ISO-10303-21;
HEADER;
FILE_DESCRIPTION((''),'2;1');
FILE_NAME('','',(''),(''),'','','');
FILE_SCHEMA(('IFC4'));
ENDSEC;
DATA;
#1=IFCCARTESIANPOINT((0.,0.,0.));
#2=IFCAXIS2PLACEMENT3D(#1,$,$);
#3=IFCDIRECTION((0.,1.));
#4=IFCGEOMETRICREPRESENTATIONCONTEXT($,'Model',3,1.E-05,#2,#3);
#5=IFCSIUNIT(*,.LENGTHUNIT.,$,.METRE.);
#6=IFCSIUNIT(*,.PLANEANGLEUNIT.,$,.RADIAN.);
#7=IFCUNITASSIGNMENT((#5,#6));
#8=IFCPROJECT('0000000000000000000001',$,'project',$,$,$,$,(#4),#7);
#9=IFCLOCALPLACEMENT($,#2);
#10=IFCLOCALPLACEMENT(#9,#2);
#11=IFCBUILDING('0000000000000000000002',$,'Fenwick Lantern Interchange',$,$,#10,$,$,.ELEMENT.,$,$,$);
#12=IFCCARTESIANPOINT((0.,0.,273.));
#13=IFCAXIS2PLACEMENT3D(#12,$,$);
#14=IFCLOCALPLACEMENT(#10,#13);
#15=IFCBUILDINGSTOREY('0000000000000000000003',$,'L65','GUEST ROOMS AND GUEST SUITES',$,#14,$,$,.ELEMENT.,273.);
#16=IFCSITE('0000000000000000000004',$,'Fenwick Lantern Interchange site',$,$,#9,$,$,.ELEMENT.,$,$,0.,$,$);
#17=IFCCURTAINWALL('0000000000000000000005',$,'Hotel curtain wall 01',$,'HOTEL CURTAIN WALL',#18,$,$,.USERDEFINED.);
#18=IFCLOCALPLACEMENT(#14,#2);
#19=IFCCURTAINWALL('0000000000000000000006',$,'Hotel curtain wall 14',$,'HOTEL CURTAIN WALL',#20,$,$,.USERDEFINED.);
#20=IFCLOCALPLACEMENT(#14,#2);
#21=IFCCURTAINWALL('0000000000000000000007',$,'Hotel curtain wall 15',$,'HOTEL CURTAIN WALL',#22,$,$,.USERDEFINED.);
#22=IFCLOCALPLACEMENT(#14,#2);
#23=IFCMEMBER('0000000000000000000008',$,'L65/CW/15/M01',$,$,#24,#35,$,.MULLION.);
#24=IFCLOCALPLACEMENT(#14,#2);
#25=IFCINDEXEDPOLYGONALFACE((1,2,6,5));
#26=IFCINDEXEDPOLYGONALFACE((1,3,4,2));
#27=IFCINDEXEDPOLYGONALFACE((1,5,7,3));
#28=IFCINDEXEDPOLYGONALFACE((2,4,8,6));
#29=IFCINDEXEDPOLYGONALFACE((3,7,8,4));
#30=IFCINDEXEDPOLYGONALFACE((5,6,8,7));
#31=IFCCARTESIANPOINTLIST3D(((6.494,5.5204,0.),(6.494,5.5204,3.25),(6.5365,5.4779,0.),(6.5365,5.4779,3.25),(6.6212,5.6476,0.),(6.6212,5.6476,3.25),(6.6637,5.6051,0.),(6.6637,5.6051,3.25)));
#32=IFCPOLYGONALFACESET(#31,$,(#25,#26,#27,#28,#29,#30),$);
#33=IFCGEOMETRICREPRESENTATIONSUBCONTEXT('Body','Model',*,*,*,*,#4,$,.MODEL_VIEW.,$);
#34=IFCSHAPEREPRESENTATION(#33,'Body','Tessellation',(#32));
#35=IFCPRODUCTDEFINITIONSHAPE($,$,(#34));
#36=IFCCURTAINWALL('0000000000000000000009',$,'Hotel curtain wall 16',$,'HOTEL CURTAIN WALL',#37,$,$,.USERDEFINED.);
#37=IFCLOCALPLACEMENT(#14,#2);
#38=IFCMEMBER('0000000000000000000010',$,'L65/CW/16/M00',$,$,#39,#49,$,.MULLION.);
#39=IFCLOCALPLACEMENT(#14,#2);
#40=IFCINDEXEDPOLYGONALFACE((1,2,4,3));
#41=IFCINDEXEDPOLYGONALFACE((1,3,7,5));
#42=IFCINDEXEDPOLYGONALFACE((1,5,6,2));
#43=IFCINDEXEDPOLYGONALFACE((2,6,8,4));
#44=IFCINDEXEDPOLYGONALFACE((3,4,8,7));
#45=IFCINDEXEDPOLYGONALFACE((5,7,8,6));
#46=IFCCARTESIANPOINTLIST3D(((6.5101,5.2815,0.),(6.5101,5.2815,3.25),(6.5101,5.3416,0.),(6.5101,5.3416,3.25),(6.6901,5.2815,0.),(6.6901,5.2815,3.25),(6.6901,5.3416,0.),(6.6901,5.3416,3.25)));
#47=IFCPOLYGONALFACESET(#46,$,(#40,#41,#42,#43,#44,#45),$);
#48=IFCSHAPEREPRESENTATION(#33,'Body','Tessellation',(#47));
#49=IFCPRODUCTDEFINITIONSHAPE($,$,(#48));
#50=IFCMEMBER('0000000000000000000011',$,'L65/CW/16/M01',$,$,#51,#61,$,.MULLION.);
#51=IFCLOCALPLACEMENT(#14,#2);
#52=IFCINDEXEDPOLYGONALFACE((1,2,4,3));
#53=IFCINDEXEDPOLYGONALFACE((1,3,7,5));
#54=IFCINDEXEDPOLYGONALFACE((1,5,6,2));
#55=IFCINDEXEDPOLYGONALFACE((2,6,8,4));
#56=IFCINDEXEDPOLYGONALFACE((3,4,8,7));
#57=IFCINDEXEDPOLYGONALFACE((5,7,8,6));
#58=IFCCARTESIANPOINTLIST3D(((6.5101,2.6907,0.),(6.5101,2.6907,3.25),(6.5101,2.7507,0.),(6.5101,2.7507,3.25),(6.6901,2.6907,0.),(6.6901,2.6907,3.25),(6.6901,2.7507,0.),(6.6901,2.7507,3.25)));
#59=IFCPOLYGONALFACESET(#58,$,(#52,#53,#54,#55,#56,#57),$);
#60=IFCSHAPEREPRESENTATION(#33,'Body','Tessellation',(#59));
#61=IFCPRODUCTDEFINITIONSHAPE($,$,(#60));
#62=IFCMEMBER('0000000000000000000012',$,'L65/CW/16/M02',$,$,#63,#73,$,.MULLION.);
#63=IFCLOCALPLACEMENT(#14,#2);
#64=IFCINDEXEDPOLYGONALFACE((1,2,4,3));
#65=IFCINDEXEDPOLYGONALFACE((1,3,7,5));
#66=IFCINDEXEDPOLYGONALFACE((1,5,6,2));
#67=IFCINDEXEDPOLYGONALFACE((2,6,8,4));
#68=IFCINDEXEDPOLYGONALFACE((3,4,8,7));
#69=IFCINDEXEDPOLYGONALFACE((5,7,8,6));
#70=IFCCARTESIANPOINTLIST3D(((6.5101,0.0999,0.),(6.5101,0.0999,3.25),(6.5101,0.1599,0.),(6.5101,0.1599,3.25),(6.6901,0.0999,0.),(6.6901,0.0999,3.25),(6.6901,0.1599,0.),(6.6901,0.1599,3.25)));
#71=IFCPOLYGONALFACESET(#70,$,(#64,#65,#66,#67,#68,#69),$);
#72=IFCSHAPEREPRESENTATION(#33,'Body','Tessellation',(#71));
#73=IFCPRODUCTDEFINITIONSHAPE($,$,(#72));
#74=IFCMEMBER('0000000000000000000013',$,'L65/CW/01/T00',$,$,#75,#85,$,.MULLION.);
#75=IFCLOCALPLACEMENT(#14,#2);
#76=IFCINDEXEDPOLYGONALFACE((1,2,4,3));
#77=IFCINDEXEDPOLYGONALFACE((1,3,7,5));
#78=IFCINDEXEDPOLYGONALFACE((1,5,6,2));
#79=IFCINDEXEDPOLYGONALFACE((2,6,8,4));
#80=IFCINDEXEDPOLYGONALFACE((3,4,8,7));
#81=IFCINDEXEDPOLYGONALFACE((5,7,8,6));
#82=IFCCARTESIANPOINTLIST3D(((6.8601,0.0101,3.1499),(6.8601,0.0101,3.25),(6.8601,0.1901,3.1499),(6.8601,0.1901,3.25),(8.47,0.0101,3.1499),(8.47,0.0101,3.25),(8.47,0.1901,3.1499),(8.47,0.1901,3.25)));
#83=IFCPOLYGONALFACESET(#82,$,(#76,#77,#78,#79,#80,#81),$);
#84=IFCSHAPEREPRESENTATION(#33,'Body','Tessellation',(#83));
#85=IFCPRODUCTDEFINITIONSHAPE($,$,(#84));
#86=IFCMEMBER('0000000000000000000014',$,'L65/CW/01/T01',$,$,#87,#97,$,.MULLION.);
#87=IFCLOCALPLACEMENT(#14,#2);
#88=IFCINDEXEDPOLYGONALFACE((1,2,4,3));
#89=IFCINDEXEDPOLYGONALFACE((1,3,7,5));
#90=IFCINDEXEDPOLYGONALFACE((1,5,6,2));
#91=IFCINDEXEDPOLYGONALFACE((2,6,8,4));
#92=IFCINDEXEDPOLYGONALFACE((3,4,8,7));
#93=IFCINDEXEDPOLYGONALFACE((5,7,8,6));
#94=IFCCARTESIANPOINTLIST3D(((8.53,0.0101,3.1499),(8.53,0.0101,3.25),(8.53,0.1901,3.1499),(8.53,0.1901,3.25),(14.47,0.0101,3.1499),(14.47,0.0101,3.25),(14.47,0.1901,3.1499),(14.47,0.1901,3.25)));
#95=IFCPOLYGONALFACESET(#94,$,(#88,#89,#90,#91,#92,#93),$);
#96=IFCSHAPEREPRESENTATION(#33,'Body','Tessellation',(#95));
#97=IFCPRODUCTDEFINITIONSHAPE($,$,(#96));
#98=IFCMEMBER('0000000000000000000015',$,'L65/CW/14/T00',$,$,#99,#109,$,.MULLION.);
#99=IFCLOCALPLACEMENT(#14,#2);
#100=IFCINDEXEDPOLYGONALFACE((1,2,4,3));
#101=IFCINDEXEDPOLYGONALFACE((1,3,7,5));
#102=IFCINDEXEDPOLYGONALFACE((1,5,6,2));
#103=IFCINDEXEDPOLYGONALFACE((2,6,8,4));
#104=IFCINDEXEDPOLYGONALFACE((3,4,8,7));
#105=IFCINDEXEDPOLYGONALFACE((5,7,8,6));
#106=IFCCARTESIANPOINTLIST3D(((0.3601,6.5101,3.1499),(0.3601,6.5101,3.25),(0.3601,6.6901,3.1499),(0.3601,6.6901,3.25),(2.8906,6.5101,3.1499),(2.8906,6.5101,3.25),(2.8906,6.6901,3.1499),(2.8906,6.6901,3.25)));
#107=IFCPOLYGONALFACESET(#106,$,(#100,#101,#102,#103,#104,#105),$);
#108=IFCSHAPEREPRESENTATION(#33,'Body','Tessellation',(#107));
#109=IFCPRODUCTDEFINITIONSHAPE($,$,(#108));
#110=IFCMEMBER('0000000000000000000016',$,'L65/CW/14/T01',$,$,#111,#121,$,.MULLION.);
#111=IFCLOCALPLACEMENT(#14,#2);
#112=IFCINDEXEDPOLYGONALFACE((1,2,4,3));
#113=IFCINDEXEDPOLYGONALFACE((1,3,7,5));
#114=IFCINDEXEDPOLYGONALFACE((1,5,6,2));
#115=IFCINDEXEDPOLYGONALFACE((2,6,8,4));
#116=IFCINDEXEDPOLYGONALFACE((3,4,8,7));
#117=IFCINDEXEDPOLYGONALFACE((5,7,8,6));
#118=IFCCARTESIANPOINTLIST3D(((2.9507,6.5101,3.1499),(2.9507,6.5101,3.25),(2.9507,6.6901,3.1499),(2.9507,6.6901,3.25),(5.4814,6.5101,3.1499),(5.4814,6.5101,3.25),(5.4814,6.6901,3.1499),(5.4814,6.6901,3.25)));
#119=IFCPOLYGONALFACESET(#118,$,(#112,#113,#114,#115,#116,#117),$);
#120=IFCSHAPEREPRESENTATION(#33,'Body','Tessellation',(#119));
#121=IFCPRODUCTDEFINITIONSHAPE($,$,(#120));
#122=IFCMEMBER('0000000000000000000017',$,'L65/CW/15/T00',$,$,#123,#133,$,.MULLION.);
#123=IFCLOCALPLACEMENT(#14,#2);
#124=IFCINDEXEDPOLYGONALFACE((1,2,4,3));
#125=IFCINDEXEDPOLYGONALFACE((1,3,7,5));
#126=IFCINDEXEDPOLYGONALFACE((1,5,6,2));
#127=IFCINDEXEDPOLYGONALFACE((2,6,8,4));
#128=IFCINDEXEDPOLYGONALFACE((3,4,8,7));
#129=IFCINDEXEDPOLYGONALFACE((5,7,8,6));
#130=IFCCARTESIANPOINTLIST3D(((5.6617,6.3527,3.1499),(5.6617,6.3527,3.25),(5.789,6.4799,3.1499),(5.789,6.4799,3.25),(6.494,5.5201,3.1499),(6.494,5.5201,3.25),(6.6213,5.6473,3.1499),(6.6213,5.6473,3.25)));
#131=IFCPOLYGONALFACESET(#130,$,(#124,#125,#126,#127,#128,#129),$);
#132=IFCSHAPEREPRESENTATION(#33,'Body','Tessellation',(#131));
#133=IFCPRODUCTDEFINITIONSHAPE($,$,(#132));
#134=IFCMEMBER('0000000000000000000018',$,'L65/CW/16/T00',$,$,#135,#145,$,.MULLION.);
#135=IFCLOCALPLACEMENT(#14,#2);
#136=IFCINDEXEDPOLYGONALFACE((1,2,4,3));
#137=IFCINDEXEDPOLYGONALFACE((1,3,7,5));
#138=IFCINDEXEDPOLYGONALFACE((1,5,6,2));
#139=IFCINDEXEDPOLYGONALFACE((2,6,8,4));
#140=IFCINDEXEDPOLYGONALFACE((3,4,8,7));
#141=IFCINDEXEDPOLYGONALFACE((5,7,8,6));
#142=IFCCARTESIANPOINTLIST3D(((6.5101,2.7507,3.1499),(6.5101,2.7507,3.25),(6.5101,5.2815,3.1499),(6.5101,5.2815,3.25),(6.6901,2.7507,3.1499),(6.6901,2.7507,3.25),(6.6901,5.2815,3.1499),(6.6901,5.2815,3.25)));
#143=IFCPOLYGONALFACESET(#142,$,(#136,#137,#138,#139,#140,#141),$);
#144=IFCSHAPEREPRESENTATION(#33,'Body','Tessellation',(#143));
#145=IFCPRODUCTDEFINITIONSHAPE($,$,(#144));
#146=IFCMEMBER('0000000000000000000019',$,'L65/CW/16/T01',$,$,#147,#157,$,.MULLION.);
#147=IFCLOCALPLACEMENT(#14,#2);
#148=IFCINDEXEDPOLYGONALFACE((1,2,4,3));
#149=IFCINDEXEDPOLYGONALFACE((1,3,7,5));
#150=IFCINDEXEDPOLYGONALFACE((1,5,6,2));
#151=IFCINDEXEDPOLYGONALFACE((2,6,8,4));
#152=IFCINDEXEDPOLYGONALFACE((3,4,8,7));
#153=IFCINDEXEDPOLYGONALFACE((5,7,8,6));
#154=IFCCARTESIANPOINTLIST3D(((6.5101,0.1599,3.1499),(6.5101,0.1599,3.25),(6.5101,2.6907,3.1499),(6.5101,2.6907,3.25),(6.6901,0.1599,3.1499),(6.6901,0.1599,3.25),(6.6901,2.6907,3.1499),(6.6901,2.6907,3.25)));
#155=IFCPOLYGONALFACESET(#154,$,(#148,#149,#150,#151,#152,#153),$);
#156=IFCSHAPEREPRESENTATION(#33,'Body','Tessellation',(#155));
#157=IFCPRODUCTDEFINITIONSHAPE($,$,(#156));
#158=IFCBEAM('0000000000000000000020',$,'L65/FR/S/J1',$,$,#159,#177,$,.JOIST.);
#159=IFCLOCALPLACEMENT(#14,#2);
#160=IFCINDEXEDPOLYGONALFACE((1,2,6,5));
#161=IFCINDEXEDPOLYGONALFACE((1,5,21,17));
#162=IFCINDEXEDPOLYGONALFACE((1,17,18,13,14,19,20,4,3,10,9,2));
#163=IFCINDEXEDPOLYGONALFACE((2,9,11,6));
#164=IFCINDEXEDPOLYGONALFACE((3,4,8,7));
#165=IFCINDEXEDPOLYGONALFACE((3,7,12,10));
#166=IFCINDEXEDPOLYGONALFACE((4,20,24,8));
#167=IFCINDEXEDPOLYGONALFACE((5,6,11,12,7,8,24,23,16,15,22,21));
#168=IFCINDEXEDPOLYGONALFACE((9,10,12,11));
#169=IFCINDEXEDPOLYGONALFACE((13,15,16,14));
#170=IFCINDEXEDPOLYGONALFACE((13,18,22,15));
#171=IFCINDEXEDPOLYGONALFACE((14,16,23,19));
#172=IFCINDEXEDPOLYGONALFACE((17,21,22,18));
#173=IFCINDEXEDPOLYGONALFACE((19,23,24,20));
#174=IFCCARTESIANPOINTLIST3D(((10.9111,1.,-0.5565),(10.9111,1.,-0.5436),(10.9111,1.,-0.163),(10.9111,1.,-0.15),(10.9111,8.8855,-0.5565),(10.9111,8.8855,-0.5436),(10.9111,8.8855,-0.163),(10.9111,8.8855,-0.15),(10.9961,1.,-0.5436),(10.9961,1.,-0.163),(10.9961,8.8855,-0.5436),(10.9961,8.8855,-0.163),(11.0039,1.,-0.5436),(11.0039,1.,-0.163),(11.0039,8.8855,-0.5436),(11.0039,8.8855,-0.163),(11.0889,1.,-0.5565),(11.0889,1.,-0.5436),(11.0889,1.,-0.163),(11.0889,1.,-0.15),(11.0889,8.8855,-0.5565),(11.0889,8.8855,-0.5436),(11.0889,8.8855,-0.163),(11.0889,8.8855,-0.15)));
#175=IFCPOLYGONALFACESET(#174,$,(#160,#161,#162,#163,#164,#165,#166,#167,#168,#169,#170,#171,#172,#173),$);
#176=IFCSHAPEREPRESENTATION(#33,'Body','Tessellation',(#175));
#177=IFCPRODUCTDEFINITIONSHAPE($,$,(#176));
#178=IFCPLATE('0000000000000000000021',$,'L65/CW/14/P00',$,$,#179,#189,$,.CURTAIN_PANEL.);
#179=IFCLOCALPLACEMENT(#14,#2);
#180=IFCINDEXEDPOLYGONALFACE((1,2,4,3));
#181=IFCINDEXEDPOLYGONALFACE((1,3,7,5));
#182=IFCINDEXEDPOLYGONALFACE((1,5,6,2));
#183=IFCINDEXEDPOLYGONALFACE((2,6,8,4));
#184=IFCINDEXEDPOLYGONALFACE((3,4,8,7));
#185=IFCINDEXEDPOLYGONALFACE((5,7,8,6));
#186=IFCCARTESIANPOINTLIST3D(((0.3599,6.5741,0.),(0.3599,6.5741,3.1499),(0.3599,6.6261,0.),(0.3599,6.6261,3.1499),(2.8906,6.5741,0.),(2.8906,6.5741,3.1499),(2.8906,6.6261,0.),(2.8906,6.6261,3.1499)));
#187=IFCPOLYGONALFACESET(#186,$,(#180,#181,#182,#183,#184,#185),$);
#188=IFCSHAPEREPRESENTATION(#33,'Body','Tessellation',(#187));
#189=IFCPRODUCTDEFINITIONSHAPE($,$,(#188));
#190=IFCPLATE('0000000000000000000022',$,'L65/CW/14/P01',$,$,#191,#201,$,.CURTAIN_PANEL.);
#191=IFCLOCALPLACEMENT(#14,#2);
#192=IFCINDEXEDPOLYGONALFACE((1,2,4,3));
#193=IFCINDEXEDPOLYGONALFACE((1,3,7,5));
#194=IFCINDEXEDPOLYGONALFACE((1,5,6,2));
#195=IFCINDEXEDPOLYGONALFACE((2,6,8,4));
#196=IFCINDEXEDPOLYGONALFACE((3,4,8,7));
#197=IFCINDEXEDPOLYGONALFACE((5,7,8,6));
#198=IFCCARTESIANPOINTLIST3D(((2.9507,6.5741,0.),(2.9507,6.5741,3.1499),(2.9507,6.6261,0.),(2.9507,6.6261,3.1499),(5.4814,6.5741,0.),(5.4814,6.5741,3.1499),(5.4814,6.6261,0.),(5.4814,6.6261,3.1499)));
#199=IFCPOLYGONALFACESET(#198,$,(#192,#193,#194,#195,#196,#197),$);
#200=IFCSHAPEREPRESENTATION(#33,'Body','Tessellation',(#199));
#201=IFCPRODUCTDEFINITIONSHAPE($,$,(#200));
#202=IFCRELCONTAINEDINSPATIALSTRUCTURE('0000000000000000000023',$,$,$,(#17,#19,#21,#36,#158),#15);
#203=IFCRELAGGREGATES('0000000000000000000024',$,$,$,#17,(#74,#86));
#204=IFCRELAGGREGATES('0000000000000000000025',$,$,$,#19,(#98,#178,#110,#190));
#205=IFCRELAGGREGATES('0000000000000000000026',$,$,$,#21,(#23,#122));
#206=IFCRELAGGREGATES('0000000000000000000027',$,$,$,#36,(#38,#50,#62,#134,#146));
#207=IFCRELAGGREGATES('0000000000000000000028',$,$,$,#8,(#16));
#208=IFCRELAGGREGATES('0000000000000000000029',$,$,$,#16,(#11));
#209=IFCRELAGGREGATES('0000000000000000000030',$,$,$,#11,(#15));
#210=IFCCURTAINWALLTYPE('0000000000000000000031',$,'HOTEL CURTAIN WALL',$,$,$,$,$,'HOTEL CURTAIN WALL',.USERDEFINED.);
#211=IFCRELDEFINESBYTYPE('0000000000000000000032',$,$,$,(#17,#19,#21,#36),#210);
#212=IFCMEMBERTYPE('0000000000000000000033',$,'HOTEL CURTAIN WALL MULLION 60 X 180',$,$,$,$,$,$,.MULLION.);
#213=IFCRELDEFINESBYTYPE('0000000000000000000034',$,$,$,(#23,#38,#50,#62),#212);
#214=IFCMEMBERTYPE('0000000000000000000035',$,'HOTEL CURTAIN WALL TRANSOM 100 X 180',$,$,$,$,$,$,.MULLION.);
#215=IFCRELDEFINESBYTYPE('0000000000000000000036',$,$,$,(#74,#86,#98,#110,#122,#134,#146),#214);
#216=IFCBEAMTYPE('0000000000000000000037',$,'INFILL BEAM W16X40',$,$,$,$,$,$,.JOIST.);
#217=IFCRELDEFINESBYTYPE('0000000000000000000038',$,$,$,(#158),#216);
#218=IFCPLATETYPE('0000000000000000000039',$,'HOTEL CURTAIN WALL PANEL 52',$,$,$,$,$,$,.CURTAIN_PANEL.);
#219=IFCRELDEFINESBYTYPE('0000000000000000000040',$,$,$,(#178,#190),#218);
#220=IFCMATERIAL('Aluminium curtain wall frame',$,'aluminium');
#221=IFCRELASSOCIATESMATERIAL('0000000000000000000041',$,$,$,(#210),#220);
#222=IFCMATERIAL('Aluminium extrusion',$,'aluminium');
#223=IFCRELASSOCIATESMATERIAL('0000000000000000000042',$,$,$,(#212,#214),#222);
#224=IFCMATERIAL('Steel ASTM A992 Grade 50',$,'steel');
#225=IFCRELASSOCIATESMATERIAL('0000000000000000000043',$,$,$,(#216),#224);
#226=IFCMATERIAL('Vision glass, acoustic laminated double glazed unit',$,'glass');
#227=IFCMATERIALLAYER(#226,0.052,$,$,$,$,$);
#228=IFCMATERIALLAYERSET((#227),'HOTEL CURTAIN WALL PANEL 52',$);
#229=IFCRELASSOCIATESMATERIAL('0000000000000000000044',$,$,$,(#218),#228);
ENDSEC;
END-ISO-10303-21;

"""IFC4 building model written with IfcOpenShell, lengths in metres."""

from ifc_helpers import new_model, si_unit, direction, frame, origin, origin_2d, place, context, subcontext, project, spatial, rectangle, i_section, extrude, material, layer, layer_set, material_profile, profile_set, type_object, element, aggregate, save


model = new_model("IFC4")

# Units and contexts
model_context = context("Model", 3, precision=1e-05, world=origin(), true_north=direction((0.0, 1.0)))
body_context = subcontext(model_context, "Body", "Model", "MODEL_VIEW")
ifc_project = project(units=[si_unit("LENGTHUNIT", "METRE"), si_unit("PLANEANGLEUNIT", "RADIAN")], contexts=[model_context])

# Site, building, storey
site_placement = place(None, origin())
site = spatial("IfcSite", under=ifc_project, at=site_placement, Name="Fenwick Lantern Interchange site", CompositionType="ELEMENT", RefElevation=0.0)
building_placement = place(site_placement, origin())
building = spatial("IfcBuilding", under=site, at=building_placement, Name="Fenwick Lantern Interchange", CompositionType="ELEMENT")
storey_placement = place(building_placement, frame((0.0, 0.0, 273.0)))
storey = spatial("IfcBuildingStorey", under=building, at=storey_placement, Name="L65", Description="GUEST ROOMS AND GUEST SUITES", CompositionType="ELEMENT", Elevation=273.0)

# Shared definitions
ifc_material_1 = material(Name="Steel ASTM A992 Grade 50", Category="steel")

# Curtain wall
ifc_material_2 = material(Name="Aluminium curtain wall frame", Category="aluminium")
curtain_wall_type = type_object("IfcCurtainWallType", Name="HOTEL CURTAIN WALL", ElementType="HOTEL CURTAIN WALL", PredefinedType="USERDEFINED", material=ifc_material_2)
curtain_wall_1_placement = place(storey_placement, origin())
curtain_wall_1 = element("IfcCurtainWall", 1, at=curtain_wall_1_placement, inside=storey, type_object=curtain_wall_type, Name="Hotel curtain wall 01", ObjectType="HOTEL CURTAIN WALL", PredefinedType="USERDEFINED")
ifc_material_3 = material(Name="Aluminium extrusion", Category="aluminium")
ifc_material_profile_1 = material_profile(ifc_material_3, rectangle(XDim=0.1799, YDim=0.0601, at=origin_2d()), Name="HOTEL CURTAIN WALL MULLION 60 X 180")
ifc_profile_set_1 = profile_set([ifc_material_profile_1], Name="Aluminium extrusion")
member_type_1 = type_object("IfcMemberType", Name="HOTEL CURTAIN WALL MULLION 60 X 180", PredefinedType="MULLION", material=ifc_profile_set_1)

# Curtain walls, members
curtain_wall_2_placement = place(storey_placement, origin())
curtain_wall_2 = element("IfcCurtainWall", 2, at=curtain_wall_2_placement, inside=storey, type_object=curtain_wall_type, Name="Hotel curtain wall 14", ObjectType="HOTEL CURTAIN WALL", PredefinedType="USERDEFINED")
curtain_wall_3_placement = place(storey_placement, origin())
curtain_wall_3 = element("IfcCurtainWall", 3, at=curtain_wall_3_placement, inside=storey, type_object=curtain_wall_type, Name="Hotel curtain wall 15", ObjectType="HOTEL CURTAIN WALL", PredefinedType="USERDEFINED")
member_1_placement = place(storey_placement, frame((6.5789, 5.5627, 0.0), z_axis=(0.0, 0.0, 1.0), x_axis=(0.707107, 0.707107, 0.0)))
member_1 = element("IfcMember", 4, at=member_1_placement, type_object=member_type_1, Name="L65/CW/15/M01", PredefinedType="MULLION", context=body_context, shape_type="SweptSolid", body=[
    extrude(rectangle(XDim=0.1799, YDim=0.0601, at=origin_2d()), origin(), (0.0, 0.0, 1.0), 3.25),
])
curtain_wall_4_placement = place(storey_placement, origin())
curtain_wall_4 = element("IfcCurtainWall", 5, at=curtain_wall_4_placement, inside=storey, type_object=curtain_wall_type, Name="Hotel curtain wall 16", ObjectType="HOTEL CURTAIN WALL", PredefinedType="USERDEFINED")
member_2_placement = place(storey_placement, frame((6.6001, 5.3115, 0.0), z_axis=(0.0, 0.0, 1.0), x_axis=(1.0, 0.0, 0.0)))
member_2 = element("IfcMember", 6, at=member_2_placement, type_object=member_type_1, Name="L65/CW/16/M00", PredefinedType="MULLION", context=body_context, shape_type="SweptSolid", body=[
    extrude(rectangle(XDim=0.1799, YDim=0.0601, at=origin_2d()), origin(), (0.0, 0.0, 1.0), 3.25),
])
member_3_placement = place(storey_placement, frame((6.6001, 2.7207, 0.0), z_axis=(0.0, 0.0, 1.0), x_axis=(1.0, 0.0, 0.0)))
member_3 = element("IfcMember", 7, at=member_3_placement, type_object=member_type_1, Name="L65/CW/16/M01", PredefinedType="MULLION", context=body_context, shape_type="SweptSolid", body=[
    extrude(rectangle(XDim=0.1799, YDim=0.0601, at=origin_2d()), origin(), (0.0, 0.0, 1.0), 3.25),
])
member_4_placement = place(storey_placement, frame((6.6001, 0.1299, 0.0), z_axis=(0.0, 0.0, 1.0), x_axis=(1.0, 0.0, 0.0)))
member_4 = element("IfcMember", 8, at=member_4_placement, type_object=member_type_1, Name="L65/CW/16/M02", PredefinedType="MULLION", context=body_context, shape_type="SweptSolid", body=[
    extrude(rectangle(XDim=0.1799, YDim=0.0601, at=origin_2d()), origin(), (0.0, 0.0, 1.0), 3.25),
])

# Members
ifc_material_profile_2 = material_profile(ifc_material_3, rectangle(XDim=0.1799, YDim=0.1001, at=origin_2d()), Name="HOTEL CURTAIN WALL TRANSOM 100 X 180")
ifc_profile_set_2 = profile_set([ifc_material_profile_2], Name="Aluminium extrusion")
member_type_2 = type_object("IfcMemberType", Name="HOTEL CURTAIN WALL TRANSOM 100 X 180", PredefinedType="MULLION", material=ifc_profile_set_2)
member_5_placement = place(storey_placement, frame((6.8601, 0.1001, 3.2), z_axis=(1.0, 0.0, 0.0), x_axis=(0.0, 1.0, 0.0)))
member_5 = element("IfcMember", 9, at=member_5_placement, type_object=member_type_2, Name="L65/CW/01/T00", PredefinedType="MULLION", context=body_context, shape_type="SweptSolid", body=[
    extrude(rectangle(XDim=0.1799, YDim=0.1001, at=origin_2d()), origin(), (0.0, 0.0, 1.0), 1.6099),
])
member_6_placement = place(storey_placement, frame((8.53, 0.1001, 3.2), z_axis=(1.0, 0.0, 0.0), x_axis=(0.0, 1.0, 0.0)))
member_6 = element("IfcMember", 10, at=member_6_placement, type_object=member_type_2, Name="L65/CW/01/T01", PredefinedType="MULLION", context=body_context, shape_type="SweptSolid", body=[
    extrude(rectangle(XDim=0.1799, YDim=0.1001, at=origin_2d()), origin(), (0.0, 0.0, 1.0), 5.9399),
])
member_7_placement = place(storey_placement, frame((0.3601, 6.6001, 3.2), z_axis=(1.0, 0.0, 0.0), x_axis=(0.0, 1.0, 0.0)))
member_7 = element("IfcMember", 11, at=member_7_placement, type_object=member_type_2, Name="L65/CW/14/T00", PredefinedType="MULLION", context=body_context, shape_type="SweptSolid", body=[
    extrude(rectangle(XDim=0.1799, YDim=0.1001, at=origin_2d()), origin(), (0.0, 0.0, 1.0), 2.5305),
])
member_8_placement = place(storey_placement, frame((2.9507, 6.6001, 3.2), z_axis=(1.0, 0.0, 0.0), x_axis=(0.0, 1.0, 0.0)))
member_8 = element("IfcMember", 12, at=member_8_placement, type_object=member_type_2, Name="L65/CW/14/T01", PredefinedType="MULLION", context=body_context, shape_type="SweptSolid", body=[
    extrude(rectangle(XDim=0.1799, YDim=0.1001, at=origin_2d()), origin(), (0.0, 0.0, 1.0), 2.5308),
])
member_9_placement = place(storey_placement, frame((5.7253, 6.4163, 3.2), z_axis=(0.707003, -0.70721, 0.0), x_axis=(0.70721, 0.707003, 0.0)))
member_9 = element("IfcMember", 13, at=member_9_placement, type_object=member_type_2, Name="L65/CW/15/T00", PredefinedType="MULLION", context=body_context, shape_type="SweptSolid", body=[
    extrude(rectangle(XDim=0.1799, YDim=0.1001, at=origin_2d()), origin(), (0.0, 0.0, 1.0), 1.1772),
])
member_10_placement = place(storey_placement, frame((6.6001, 5.2815, 3.2), z_axis=(0.0, -1.0, 0.0), x_axis=(1.0, 0.0, 0.0)))
member_10 = element("IfcMember", 14, at=member_10_placement, type_object=member_type_2, Name="L65/CW/16/T00", PredefinedType="MULLION", context=body_context, shape_type="SweptSolid", body=[
    extrude(rectangle(XDim=0.1799, YDim=0.1001, at=origin_2d()), origin(), (0.0, 0.0, 1.0), 2.5308),
])
member_11_placement = place(storey_placement, frame((6.6001, 2.6907, 3.2), z_axis=(0.0, -1.0, 0.0), x_axis=(1.0, 0.0, 0.0)))
member_11 = element("IfcMember", 15, at=member_11_placement, type_object=member_type_2, Name="L65/CW/16/T01", PredefinedType="MULLION", context=body_context, shape_type="SweptSolid", body=[
    extrude(rectangle(XDim=0.1799, YDim=0.1001, at=origin_2d()), origin(), (0.0, 0.0, 1.0), 2.5308),
])

# Beam
ifc_material_profile_3 = material_profile(ifc_material_1, i_section(OverallWidth=0.1777, OverallDepth=0.4065, WebThickness=0.0078, FlangeThickness=0.0129, at=origin_2d()), Name="W16X40")
ifc_profile_set_3 = profile_set([ifc_material_profile_3], Name="Steel ASTM A992 Grade 50")
beam_type_1 = type_object("IfcBeamType", Name="INFILL BEAM W16X40", PredefinedType="JOIST", material=ifc_profile_set_3)
beam_1_placement = place(storey_placement, frame((11.0, 1.0, -0.3533), z_axis=(0.0, 1.0, 0.0), x_axis=(-1.0, 0.0, 0.0)))
element("IfcBeam", 16, at=beam_1_placement, inside=storey, type_object=beam_type_1, Name="L65/FR/S/J1", PredefinedType="JOIST", context=body_context, shape_type="SweptSolid", body=[
    extrude(i_section(OverallWidth=0.1777, OverallDepth=0.4065, WebThickness=0.0078, FlangeThickness=0.0129, at=origin_2d()), origin(), (0.0, 0.0, 1.0), 7.8855),
])

# Plates
ifc_material_4 = material(Name="Vision glass, acoustic laminated double glazed unit", Category="glass")
ifc_layer_1 = layer(ifc_material_4, 0.052)
ifc_layer_set_1 = layer_set([ifc_layer_1], Name="HOTEL CURTAIN WALL PANEL 52")
plate_type = type_object("IfcPlateType", Name="HOTEL CURTAIN WALL PANEL 52", PredefinedType="CURTAIN_PANEL", material=ifc_layer_set_1)
aggregate(curtain_wall_1, [member_5, member_6])
plate_1_placement = place(storey_placement, frame((1.6252, 6.6001, 0.0), z_axis=(0.0, 0.0, 1.0), x_axis=(1.0, 0.0, 0.0)))
plate_1 = element("IfcPlate", 17, at=plate_1_placement, type_object=plate_type, Name="L65/CW/14/P00", PredefinedType="CURTAIN_PANEL", context=body_context, shape_type="SweptSolid", body=[
    extrude(rectangle(XDim=2.5308, YDim=0.052, at=origin_2d()), origin(), (0.0, 0.0, 1.0), 3.1499),
])
plate_2_placement = place(storey_placement, frame((4.2161, 6.6001, 0.0), z_axis=(0.0, 0.0, 1.0), x_axis=(1.0, 0.0, 0.0)))
plate_2 = element("IfcPlate", 18, at=plate_2_placement, type_object=plate_type, Name="L65/CW/14/P01", PredefinedType="CURTAIN_PANEL", context=body_context, shape_type="SweptSolid", body=[
    extrude(rectangle(XDim=2.5308, YDim=0.052, at=origin_2d()), origin(), (0.0, 0.0, 1.0), 3.1499),
])
aggregate(curtain_wall_2, [member_7, plate_1, member_8, plate_2])
aggregate(curtain_wall_3, [member_1, member_9])
aggregate(curtain_wall_4, [member_2, member_3, member_4, member_10, member_11])

save(model, "model.ifc")
